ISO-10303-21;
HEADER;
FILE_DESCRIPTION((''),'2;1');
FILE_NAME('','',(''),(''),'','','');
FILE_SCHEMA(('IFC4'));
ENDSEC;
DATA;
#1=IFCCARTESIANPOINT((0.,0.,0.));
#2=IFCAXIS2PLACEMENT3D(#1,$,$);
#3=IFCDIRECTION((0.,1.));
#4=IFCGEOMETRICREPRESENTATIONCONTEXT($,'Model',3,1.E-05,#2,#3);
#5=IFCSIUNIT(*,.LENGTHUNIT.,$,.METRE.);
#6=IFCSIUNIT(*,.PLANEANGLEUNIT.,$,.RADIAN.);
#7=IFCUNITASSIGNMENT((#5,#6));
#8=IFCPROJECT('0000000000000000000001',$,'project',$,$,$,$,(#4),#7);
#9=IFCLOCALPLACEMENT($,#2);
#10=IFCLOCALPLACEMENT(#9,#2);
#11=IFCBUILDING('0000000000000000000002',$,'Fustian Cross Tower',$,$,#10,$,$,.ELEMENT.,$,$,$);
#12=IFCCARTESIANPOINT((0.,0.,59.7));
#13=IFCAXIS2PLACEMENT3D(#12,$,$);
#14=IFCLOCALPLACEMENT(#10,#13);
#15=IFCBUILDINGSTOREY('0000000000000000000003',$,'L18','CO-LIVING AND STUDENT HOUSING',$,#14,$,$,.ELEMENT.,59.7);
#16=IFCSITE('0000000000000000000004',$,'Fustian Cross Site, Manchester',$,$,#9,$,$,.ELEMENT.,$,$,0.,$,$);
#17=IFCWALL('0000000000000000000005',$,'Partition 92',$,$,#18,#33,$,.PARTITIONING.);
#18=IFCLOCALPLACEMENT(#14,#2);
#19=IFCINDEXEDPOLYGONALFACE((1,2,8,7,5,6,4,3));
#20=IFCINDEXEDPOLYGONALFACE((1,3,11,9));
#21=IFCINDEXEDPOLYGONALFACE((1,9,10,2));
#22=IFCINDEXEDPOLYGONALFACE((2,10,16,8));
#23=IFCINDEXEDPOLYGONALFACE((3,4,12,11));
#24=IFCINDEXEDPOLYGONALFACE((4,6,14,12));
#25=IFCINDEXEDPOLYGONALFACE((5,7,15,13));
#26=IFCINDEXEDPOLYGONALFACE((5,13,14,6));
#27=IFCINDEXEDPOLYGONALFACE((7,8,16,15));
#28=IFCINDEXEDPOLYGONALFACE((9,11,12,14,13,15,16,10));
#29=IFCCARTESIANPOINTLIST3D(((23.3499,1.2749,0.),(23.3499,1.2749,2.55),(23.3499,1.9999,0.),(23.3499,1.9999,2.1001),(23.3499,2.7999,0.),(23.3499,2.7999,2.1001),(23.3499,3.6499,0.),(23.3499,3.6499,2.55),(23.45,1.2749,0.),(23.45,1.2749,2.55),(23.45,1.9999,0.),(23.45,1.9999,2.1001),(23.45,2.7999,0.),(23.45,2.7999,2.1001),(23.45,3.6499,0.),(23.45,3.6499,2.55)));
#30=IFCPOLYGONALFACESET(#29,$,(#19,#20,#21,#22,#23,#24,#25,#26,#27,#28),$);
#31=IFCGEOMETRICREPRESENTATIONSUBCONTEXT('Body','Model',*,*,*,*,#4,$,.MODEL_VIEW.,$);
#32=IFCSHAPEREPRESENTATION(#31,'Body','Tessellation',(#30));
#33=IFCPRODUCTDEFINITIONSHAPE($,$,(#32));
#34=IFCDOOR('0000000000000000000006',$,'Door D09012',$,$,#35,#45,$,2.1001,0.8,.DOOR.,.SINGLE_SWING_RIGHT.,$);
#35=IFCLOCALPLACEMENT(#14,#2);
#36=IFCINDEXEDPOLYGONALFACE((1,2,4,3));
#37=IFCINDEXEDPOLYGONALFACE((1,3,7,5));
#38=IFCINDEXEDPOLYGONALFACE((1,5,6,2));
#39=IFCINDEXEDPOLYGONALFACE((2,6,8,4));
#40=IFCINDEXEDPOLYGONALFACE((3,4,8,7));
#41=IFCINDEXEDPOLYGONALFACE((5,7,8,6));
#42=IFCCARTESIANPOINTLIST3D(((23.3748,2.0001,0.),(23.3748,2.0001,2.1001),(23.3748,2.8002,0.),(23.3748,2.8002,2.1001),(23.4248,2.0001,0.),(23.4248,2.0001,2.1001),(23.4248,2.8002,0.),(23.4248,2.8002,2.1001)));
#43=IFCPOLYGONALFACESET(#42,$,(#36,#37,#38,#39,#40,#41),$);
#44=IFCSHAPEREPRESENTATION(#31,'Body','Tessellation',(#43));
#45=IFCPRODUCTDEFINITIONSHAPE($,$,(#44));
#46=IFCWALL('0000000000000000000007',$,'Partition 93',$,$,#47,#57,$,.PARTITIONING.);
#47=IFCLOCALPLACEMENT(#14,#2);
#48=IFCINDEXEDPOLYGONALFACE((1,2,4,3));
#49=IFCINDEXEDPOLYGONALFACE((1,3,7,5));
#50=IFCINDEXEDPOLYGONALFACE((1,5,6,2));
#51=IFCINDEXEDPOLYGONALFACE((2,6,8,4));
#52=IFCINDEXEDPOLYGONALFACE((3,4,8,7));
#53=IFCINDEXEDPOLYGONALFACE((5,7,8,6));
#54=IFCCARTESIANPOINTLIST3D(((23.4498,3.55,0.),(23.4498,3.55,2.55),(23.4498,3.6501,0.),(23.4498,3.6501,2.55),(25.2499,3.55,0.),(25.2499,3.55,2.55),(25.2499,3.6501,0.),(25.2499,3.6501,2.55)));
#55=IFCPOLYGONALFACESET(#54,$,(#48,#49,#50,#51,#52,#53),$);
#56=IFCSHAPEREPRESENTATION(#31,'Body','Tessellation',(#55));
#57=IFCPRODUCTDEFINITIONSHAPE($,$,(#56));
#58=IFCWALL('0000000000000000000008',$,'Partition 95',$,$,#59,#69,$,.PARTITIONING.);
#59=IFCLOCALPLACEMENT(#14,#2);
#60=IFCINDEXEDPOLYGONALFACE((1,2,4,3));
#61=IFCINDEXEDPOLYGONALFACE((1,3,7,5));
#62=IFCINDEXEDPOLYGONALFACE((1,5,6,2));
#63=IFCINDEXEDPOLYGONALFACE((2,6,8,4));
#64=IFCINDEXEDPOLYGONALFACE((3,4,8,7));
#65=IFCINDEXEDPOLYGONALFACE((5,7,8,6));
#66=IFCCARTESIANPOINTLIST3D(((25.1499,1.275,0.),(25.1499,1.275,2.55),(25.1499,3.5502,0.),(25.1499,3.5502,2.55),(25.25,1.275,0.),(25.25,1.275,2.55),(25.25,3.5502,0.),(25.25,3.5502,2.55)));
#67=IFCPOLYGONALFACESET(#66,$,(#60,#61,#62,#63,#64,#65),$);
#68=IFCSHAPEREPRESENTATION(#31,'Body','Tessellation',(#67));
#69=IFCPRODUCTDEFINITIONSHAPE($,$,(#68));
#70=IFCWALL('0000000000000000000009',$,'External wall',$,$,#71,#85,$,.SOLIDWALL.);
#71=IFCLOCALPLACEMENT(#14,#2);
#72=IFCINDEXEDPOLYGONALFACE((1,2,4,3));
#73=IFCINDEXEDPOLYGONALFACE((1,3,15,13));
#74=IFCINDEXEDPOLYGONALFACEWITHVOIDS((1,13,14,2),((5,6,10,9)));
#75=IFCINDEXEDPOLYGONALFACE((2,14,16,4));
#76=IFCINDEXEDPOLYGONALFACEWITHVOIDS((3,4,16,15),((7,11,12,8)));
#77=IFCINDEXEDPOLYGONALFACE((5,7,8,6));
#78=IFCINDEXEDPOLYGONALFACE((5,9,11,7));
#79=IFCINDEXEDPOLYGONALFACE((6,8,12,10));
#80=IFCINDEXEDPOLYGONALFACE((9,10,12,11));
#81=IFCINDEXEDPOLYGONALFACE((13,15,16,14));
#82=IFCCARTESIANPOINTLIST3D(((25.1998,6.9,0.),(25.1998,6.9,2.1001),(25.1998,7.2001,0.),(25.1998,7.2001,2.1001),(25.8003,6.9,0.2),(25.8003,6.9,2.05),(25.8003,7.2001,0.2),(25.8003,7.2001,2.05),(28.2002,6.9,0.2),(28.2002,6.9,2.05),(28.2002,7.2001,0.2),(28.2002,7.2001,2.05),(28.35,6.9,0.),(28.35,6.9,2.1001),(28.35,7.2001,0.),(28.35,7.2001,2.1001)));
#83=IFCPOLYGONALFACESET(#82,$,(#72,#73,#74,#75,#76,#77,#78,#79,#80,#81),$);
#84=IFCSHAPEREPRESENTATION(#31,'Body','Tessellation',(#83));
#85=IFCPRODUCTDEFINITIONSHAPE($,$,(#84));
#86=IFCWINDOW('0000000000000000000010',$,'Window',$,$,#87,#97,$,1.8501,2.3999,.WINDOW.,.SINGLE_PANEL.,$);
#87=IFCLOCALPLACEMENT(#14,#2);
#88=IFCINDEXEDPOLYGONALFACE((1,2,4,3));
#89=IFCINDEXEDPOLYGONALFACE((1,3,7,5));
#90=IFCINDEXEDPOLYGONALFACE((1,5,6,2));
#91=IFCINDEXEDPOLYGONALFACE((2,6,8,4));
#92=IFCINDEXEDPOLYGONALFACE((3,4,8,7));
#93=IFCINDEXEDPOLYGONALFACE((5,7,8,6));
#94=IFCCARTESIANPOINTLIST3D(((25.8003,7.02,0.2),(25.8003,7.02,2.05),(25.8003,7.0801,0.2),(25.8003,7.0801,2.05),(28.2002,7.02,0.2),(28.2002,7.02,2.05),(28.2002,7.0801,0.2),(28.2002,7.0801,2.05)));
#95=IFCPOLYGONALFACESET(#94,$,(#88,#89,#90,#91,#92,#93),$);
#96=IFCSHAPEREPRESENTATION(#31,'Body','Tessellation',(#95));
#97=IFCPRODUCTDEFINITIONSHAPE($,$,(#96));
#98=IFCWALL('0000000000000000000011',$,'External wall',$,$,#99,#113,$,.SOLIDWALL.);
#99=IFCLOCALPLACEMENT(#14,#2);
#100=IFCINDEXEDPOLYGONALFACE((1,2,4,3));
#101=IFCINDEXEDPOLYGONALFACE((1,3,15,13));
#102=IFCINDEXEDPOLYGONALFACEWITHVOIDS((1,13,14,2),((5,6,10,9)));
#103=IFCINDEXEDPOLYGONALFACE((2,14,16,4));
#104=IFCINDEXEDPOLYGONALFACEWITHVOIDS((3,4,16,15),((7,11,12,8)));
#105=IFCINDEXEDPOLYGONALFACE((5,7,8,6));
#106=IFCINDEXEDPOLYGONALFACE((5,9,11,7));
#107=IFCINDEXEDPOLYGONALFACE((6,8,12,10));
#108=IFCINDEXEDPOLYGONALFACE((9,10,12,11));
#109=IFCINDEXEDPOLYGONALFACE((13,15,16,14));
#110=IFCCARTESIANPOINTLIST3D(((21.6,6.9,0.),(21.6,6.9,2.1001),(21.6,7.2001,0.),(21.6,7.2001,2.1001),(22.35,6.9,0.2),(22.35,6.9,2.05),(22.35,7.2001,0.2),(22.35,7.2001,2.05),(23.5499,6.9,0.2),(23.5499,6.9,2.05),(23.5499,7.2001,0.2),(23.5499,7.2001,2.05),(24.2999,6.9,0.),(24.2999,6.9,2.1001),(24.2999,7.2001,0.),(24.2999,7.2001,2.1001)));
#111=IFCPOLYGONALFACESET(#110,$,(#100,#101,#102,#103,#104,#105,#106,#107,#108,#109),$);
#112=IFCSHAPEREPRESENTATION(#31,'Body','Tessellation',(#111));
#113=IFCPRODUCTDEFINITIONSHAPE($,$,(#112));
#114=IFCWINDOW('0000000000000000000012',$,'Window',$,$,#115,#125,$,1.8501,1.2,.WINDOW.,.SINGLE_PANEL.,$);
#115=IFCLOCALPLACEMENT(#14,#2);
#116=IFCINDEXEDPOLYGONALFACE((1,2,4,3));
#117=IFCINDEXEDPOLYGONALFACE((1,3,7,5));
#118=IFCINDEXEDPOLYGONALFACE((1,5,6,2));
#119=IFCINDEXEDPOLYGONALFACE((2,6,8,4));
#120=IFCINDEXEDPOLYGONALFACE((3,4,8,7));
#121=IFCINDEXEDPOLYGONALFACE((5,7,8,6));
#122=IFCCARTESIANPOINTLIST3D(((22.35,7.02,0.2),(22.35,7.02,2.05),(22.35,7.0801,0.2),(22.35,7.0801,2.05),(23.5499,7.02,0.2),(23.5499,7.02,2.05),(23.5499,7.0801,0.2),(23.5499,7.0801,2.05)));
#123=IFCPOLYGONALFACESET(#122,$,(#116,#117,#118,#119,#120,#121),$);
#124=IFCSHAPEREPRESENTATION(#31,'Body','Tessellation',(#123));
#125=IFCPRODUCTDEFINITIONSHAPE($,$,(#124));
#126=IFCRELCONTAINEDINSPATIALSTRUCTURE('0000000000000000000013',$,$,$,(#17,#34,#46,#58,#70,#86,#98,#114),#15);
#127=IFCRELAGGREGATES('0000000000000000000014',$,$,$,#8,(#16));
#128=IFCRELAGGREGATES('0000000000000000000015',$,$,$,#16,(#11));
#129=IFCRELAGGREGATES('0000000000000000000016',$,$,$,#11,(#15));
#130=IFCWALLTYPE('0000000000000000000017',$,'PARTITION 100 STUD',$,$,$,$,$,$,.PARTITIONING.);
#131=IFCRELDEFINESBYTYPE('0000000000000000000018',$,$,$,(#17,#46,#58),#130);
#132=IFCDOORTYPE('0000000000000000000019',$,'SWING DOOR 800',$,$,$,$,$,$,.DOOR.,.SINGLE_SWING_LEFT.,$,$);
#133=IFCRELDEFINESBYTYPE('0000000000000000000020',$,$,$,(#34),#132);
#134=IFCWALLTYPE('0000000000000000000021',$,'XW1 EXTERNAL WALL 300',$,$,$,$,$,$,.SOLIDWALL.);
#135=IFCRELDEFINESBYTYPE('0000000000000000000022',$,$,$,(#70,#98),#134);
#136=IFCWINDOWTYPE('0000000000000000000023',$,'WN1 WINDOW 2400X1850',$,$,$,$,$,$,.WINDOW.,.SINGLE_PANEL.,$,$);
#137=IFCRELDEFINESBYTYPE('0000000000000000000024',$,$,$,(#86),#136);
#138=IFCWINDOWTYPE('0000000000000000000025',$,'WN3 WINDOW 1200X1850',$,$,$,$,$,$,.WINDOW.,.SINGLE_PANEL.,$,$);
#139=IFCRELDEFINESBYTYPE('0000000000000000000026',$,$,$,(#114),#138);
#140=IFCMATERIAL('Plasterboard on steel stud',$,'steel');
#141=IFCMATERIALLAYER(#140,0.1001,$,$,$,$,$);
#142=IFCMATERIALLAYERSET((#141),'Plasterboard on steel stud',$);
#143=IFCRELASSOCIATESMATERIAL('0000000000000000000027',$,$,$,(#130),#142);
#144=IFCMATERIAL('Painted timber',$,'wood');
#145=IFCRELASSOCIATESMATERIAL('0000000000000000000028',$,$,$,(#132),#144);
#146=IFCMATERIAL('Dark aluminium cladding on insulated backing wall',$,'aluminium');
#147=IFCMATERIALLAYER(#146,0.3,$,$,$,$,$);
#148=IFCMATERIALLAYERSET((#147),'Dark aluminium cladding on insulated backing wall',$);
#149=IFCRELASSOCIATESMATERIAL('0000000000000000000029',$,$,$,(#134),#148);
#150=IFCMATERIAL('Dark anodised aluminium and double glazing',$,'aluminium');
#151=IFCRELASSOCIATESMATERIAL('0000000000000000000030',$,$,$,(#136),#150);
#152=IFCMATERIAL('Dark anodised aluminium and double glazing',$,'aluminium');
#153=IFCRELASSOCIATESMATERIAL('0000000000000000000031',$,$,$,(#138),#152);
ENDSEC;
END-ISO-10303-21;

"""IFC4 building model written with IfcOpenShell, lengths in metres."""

from ifc_helpers import new_model, si_unit, direction, frame, frame_2d, origin, place, context, subcontext, project, spatial, rectangle, extrude, material, layer, layer_set, type_object, element, fill, save


model = new_model("IFC4")

# Units and contexts
model_context = context("Model", 3, precision=1e-05, world=origin(), true_north=direction((0.0, 1.0)))
body_context = subcontext(model_context, "Body", "Model", "MODEL_VIEW")
ifc_project = project(units=[si_unit("LENGTHUNIT", "METRE"), si_unit("PLANEANGLEUNIT", "RADIAN")], contexts=[model_context])

# Site, building, storey
site_placement = place(None, origin())
site = spatial("IfcSite", under=ifc_project, at=site_placement, Name="Fustian Cross Site, Manchester", CompositionType="ELEMENT", RefElevation=0.0)
building_placement = place(site_placement, origin())
building = spatial("IfcBuilding", under=site, at=building_placement, Name="Fustian Cross Tower", CompositionType="ELEMENT")
storey_placement = place(building_placement, frame((0.0, 0.0, 59.7)))
storey = spatial("IfcBuildingStorey", under=building, at=storey_placement, Name="L18", Description="CO-LIVING AND STUDENT HOUSING", CompositionType="ELEMENT", Elevation=59.7)

# Wall, opening, door
ifc_material_1 = material(Name="Plasterboard on steel stud", Category="steel")
ifc_layer_1 = layer(ifc_material_1, 0.1001)
ifc_layer_set_1 = layer_set([ifc_layer_1], Name="Plasterboard on steel stud")
wall_type_1 = type_object("IfcWallType", Name="PARTITION 100 STUD", PredefinedType="PARTITIONING", material=ifc_layer_set_1)
wall_1_placement = place(storey_placement, frame((23.3999, 1.2749, 0.0), z_axis=(0.0, 0.0, 1.0), x_axis=(0.0, 1.0, 0.0)))
wall_1 = element("IfcWall", 1, at=wall_1_placement, inside=storey, type_object=wall_type_1, Name="Partition 92", PredefinedType="PARTITIONING", context=body_context, shape_type="SweptSolid", body=[
    extrude(rectangle(XDim=2.375, YDim=0.1001, at=frame_2d((1.1875, 0.0))), origin(), (0.0, 0.0, 1.0), 2.55),
])
opening_1_placement = place(wall_1_placement, frame((0.7251, 0.0, 0.0)))
opening_1 = element("IfcOpeningElement", 2, at=opening_1_placement, cuts=wall_1, PredefinedType="OPENING", context=body_context, shape_type="SweptSolid", body=[
    extrude(rectangle(XDim=0.8, YDim=2.1001, at=frame_2d((0.3999, 1.05))), frame((0.0, 0.0601, 0.0), z_axis=(0.0, -1.0, 0.0), x_axis=(1.0, 0.0, 0.0)), (0.0, 0.0, 1.0), 0.1201),
])
ifc_material_2 = material(Name="Painted timber", Category="wood")
door_type_1 = type_object("IfcDoorType", Name="SWING DOOR 800", OperationType="SINGLE_SWING_LEFT", PredefinedType="DOOR", material=ifc_material_2)
door_1_placement = place(opening_1_placement, frame((0.8, 0.0, 0.0), z_axis=(0.0, 0.0, 1.0), x_axis=(-1.0, 0.0, 0.0)))
door_1 = element("IfcDoor", 3, at=door_1_placement, inside=storey, type_object=door_type_1, Name="Door D09012", OperationType="SINGLE_SWING_RIGHT", OverallHeight=2.1001, OverallWidth=0.8, PredefinedType="DOOR", context=body_context, shape_type="SweptSolid", body=[
    extrude(rectangle(XDim=0.8, YDim=2.1001, at=frame_2d((0.3999, 1.05))), frame((0.0, 0.0249, 0.0), z_axis=(0.0, -1.0, 0.0), x_axis=(1.0, 0.0, 0.0)), (0.0, 0.0, 1.0), 0.05),
])
fill(opening_1, door_1)

# Walls
wall_2_placement = place(storey_placement, frame((23.45, 3.6001, 0.0), z_axis=(0.0, 0.0, 1.0), x_axis=(1.0, 0.0, 0.0)))
element("IfcWall", 4, at=wall_2_placement, inside=storey, type_object=wall_type_1, Name="Partition 93", PredefinedType="PARTITIONING", context=body_context, shape_type="SweptSolid", body=[
    extrude(rectangle(XDim=1.8, YDim=0.1001, at=frame_2d((0.8999, 0.0))), origin(), (0.0, 0.0, 1.0), 2.55),
])
wall_3_placement = place(storey_placement, frame((25.2, 1.2749, 0.0), z_axis=(0.0, 0.0, 1.0), x_axis=(0.0, 1.0, 0.0)))
element("IfcWall", 5, at=wall_3_placement, inside=storey, type_object=wall_type_1, Name="Partition 95", PredefinedType="PARTITIONING", context=body_context, shape_type="SweptSolid", body=[
    extrude(rectangle(XDim=2.2751, YDim=0.1001, at=frame_2d((1.1377, 0.0))), origin(), (0.0, 0.0, 1.0), 2.55),
])

# Walls, openings, windows
ifc_material_3 = material(Name="Dark aluminium cladding on insulated backing wall", Category="aluminium")
ifc_layer_2 = layer(ifc_material_3, 0.3)
ifc_layer_set_2 = layer_set([ifc_layer_2], Name="Dark aluminium cladding on insulated backing wall")
wall_type_2 = type_object("IfcWallType", Name="XW1 EXTERNAL WALL 300", PredefinedType="SOLIDWALL", material=ifc_layer_set_2)
wall_4_placement = place(storey_placement, frame((28.3501, 7.05, 0.0), z_axis=(0.0, 0.0, 1.0), x_axis=(-1.0, 0.0, 0.0)))
wall_4 = element("IfcWall", 6, at=wall_4_placement, inside=storey, type_object=wall_type_2, Name="External wall", PredefinedType="SOLIDWALL", context=body_context, shape_type="SweptSolid", body=[
    extrude(rectangle(XDim=3.1501, YDim=0.3, at=frame_2d((1.5752, 0.0))), origin(), (0.0, 0.0, 1.0), 2.1001),
])
opening_2_placement = place(wall_4_placement, frame((0.1499, 0.0, 0.2)))
opening_2 = element("IfcOpeningElement", 7, at=opening_2_placement, cuts=wall_4, PredefinedType="OPENING", context=body_context, shape_type="SweptSolid", body=[
    extrude(rectangle(XDim=2.3999, YDim=1.8501, at=frame_2d((1.2, 0.925))), frame((0.0, 0.1599, 0.0), z_axis=(0.0, -1.0, 0.0), x_axis=(1.0, 0.0, 0.0)), (0.0, 0.0, 1.0), 0.3201),
])
ifc_material_4 = material(Name="Dark anodised aluminium and double glazing", Category="aluminium")
window_type_1 = type_object("IfcWindowType", Name="WN1 WINDOW 2400X1850", PartitioningType="SINGLE_PANEL", PredefinedType="WINDOW", material=ifc_material_4)
window_1_placement = place(opening_2_placement, origin())
window_1 = element("IfcWindow", 8, at=window_1_placement, inside=storey, type_object=window_type_1, Name="Window", OverallHeight=1.8501, OverallWidth=2.3999, PartitioningType="SINGLE_PANEL", PredefinedType="WINDOW", context=body_context, shape_type="SweptSolid", body=[
    extrude(rectangle(XDim=2.3999, YDim=1.8501, at=frame_2d((1.2, 0.925))), frame((0.0, 0.03, 0.0), z_axis=(0.0, -1.0, 0.0), x_axis=(1.0, 0.0, 0.0)), (0.0, 0.0, 1.0), 0.0601),
])
fill(opening_2, window_1)
wall_5_placement = place(storey_placement, frame((24.3, 7.05, 0.0), z_axis=(0.0, 0.0, 1.0), x_axis=(-1.0, 0.0, 0.0)))
wall_5 = element("IfcWall", 9, at=wall_5_placement, inside=storey, type_object=wall_type_2, Name="External wall", PredefinedType="SOLIDWALL", context=body_context, shape_type="SweptSolid", body=[
    extrude(rectangle(XDim=2.7, YDim=0.3, at=frame_2d((1.3501, 0.0))), origin(), (0.0, 0.0, 1.0), 2.1001),
])
opening_3_placement = place(wall_5_placement, frame((0.75, 0.0, 0.2)))
opening_3 = element("IfcOpeningElement", 10, at=opening_3_placement, cuts=wall_5, PredefinedType="OPENING", context=body_context, shape_type="SweptSolid", body=[
    extrude(rectangle(XDim=1.2, YDim=1.8501, at=frame_2d((0.6001, 0.925))), frame((0.0, 0.1599, 0.0), z_axis=(0.0, -1.0, 0.0), x_axis=(1.0, 0.0, 0.0)), (0.0, 0.0, 1.0), 0.3201),
])
ifc_material_5 = material(Name="Dark anodised aluminium and double glazing", Category="aluminium")
window_type_2 = type_object("IfcWindowType", Name="WN3 WINDOW 1200X1850", PartitioningType="SINGLE_PANEL", PredefinedType="WINDOW", material=ifc_material_5)
window_2_placement = place(opening_3_placement, origin())
window_2 = element("IfcWindow", 11, at=window_2_placement, inside=storey, type_object=window_type_2, Name="Window", OverallHeight=1.8501, OverallWidth=1.2, PartitioningType="SINGLE_PANEL", PredefinedType="WINDOW", context=body_context, shape_type="SweptSolid", body=[
    extrude(rectangle(XDim=1.2, YDim=1.8501, at=frame_2d((0.6001, 0.925))), frame((0.0, 0.03, 0.0), z_axis=(0.0, -1.0, 0.0), x_axis=(1.0, 0.0, 0.0)), (0.0, 0.0, 1.0), 0.0601),
])
fill(opening_3, window_2)

save(model, "model.ifc")
